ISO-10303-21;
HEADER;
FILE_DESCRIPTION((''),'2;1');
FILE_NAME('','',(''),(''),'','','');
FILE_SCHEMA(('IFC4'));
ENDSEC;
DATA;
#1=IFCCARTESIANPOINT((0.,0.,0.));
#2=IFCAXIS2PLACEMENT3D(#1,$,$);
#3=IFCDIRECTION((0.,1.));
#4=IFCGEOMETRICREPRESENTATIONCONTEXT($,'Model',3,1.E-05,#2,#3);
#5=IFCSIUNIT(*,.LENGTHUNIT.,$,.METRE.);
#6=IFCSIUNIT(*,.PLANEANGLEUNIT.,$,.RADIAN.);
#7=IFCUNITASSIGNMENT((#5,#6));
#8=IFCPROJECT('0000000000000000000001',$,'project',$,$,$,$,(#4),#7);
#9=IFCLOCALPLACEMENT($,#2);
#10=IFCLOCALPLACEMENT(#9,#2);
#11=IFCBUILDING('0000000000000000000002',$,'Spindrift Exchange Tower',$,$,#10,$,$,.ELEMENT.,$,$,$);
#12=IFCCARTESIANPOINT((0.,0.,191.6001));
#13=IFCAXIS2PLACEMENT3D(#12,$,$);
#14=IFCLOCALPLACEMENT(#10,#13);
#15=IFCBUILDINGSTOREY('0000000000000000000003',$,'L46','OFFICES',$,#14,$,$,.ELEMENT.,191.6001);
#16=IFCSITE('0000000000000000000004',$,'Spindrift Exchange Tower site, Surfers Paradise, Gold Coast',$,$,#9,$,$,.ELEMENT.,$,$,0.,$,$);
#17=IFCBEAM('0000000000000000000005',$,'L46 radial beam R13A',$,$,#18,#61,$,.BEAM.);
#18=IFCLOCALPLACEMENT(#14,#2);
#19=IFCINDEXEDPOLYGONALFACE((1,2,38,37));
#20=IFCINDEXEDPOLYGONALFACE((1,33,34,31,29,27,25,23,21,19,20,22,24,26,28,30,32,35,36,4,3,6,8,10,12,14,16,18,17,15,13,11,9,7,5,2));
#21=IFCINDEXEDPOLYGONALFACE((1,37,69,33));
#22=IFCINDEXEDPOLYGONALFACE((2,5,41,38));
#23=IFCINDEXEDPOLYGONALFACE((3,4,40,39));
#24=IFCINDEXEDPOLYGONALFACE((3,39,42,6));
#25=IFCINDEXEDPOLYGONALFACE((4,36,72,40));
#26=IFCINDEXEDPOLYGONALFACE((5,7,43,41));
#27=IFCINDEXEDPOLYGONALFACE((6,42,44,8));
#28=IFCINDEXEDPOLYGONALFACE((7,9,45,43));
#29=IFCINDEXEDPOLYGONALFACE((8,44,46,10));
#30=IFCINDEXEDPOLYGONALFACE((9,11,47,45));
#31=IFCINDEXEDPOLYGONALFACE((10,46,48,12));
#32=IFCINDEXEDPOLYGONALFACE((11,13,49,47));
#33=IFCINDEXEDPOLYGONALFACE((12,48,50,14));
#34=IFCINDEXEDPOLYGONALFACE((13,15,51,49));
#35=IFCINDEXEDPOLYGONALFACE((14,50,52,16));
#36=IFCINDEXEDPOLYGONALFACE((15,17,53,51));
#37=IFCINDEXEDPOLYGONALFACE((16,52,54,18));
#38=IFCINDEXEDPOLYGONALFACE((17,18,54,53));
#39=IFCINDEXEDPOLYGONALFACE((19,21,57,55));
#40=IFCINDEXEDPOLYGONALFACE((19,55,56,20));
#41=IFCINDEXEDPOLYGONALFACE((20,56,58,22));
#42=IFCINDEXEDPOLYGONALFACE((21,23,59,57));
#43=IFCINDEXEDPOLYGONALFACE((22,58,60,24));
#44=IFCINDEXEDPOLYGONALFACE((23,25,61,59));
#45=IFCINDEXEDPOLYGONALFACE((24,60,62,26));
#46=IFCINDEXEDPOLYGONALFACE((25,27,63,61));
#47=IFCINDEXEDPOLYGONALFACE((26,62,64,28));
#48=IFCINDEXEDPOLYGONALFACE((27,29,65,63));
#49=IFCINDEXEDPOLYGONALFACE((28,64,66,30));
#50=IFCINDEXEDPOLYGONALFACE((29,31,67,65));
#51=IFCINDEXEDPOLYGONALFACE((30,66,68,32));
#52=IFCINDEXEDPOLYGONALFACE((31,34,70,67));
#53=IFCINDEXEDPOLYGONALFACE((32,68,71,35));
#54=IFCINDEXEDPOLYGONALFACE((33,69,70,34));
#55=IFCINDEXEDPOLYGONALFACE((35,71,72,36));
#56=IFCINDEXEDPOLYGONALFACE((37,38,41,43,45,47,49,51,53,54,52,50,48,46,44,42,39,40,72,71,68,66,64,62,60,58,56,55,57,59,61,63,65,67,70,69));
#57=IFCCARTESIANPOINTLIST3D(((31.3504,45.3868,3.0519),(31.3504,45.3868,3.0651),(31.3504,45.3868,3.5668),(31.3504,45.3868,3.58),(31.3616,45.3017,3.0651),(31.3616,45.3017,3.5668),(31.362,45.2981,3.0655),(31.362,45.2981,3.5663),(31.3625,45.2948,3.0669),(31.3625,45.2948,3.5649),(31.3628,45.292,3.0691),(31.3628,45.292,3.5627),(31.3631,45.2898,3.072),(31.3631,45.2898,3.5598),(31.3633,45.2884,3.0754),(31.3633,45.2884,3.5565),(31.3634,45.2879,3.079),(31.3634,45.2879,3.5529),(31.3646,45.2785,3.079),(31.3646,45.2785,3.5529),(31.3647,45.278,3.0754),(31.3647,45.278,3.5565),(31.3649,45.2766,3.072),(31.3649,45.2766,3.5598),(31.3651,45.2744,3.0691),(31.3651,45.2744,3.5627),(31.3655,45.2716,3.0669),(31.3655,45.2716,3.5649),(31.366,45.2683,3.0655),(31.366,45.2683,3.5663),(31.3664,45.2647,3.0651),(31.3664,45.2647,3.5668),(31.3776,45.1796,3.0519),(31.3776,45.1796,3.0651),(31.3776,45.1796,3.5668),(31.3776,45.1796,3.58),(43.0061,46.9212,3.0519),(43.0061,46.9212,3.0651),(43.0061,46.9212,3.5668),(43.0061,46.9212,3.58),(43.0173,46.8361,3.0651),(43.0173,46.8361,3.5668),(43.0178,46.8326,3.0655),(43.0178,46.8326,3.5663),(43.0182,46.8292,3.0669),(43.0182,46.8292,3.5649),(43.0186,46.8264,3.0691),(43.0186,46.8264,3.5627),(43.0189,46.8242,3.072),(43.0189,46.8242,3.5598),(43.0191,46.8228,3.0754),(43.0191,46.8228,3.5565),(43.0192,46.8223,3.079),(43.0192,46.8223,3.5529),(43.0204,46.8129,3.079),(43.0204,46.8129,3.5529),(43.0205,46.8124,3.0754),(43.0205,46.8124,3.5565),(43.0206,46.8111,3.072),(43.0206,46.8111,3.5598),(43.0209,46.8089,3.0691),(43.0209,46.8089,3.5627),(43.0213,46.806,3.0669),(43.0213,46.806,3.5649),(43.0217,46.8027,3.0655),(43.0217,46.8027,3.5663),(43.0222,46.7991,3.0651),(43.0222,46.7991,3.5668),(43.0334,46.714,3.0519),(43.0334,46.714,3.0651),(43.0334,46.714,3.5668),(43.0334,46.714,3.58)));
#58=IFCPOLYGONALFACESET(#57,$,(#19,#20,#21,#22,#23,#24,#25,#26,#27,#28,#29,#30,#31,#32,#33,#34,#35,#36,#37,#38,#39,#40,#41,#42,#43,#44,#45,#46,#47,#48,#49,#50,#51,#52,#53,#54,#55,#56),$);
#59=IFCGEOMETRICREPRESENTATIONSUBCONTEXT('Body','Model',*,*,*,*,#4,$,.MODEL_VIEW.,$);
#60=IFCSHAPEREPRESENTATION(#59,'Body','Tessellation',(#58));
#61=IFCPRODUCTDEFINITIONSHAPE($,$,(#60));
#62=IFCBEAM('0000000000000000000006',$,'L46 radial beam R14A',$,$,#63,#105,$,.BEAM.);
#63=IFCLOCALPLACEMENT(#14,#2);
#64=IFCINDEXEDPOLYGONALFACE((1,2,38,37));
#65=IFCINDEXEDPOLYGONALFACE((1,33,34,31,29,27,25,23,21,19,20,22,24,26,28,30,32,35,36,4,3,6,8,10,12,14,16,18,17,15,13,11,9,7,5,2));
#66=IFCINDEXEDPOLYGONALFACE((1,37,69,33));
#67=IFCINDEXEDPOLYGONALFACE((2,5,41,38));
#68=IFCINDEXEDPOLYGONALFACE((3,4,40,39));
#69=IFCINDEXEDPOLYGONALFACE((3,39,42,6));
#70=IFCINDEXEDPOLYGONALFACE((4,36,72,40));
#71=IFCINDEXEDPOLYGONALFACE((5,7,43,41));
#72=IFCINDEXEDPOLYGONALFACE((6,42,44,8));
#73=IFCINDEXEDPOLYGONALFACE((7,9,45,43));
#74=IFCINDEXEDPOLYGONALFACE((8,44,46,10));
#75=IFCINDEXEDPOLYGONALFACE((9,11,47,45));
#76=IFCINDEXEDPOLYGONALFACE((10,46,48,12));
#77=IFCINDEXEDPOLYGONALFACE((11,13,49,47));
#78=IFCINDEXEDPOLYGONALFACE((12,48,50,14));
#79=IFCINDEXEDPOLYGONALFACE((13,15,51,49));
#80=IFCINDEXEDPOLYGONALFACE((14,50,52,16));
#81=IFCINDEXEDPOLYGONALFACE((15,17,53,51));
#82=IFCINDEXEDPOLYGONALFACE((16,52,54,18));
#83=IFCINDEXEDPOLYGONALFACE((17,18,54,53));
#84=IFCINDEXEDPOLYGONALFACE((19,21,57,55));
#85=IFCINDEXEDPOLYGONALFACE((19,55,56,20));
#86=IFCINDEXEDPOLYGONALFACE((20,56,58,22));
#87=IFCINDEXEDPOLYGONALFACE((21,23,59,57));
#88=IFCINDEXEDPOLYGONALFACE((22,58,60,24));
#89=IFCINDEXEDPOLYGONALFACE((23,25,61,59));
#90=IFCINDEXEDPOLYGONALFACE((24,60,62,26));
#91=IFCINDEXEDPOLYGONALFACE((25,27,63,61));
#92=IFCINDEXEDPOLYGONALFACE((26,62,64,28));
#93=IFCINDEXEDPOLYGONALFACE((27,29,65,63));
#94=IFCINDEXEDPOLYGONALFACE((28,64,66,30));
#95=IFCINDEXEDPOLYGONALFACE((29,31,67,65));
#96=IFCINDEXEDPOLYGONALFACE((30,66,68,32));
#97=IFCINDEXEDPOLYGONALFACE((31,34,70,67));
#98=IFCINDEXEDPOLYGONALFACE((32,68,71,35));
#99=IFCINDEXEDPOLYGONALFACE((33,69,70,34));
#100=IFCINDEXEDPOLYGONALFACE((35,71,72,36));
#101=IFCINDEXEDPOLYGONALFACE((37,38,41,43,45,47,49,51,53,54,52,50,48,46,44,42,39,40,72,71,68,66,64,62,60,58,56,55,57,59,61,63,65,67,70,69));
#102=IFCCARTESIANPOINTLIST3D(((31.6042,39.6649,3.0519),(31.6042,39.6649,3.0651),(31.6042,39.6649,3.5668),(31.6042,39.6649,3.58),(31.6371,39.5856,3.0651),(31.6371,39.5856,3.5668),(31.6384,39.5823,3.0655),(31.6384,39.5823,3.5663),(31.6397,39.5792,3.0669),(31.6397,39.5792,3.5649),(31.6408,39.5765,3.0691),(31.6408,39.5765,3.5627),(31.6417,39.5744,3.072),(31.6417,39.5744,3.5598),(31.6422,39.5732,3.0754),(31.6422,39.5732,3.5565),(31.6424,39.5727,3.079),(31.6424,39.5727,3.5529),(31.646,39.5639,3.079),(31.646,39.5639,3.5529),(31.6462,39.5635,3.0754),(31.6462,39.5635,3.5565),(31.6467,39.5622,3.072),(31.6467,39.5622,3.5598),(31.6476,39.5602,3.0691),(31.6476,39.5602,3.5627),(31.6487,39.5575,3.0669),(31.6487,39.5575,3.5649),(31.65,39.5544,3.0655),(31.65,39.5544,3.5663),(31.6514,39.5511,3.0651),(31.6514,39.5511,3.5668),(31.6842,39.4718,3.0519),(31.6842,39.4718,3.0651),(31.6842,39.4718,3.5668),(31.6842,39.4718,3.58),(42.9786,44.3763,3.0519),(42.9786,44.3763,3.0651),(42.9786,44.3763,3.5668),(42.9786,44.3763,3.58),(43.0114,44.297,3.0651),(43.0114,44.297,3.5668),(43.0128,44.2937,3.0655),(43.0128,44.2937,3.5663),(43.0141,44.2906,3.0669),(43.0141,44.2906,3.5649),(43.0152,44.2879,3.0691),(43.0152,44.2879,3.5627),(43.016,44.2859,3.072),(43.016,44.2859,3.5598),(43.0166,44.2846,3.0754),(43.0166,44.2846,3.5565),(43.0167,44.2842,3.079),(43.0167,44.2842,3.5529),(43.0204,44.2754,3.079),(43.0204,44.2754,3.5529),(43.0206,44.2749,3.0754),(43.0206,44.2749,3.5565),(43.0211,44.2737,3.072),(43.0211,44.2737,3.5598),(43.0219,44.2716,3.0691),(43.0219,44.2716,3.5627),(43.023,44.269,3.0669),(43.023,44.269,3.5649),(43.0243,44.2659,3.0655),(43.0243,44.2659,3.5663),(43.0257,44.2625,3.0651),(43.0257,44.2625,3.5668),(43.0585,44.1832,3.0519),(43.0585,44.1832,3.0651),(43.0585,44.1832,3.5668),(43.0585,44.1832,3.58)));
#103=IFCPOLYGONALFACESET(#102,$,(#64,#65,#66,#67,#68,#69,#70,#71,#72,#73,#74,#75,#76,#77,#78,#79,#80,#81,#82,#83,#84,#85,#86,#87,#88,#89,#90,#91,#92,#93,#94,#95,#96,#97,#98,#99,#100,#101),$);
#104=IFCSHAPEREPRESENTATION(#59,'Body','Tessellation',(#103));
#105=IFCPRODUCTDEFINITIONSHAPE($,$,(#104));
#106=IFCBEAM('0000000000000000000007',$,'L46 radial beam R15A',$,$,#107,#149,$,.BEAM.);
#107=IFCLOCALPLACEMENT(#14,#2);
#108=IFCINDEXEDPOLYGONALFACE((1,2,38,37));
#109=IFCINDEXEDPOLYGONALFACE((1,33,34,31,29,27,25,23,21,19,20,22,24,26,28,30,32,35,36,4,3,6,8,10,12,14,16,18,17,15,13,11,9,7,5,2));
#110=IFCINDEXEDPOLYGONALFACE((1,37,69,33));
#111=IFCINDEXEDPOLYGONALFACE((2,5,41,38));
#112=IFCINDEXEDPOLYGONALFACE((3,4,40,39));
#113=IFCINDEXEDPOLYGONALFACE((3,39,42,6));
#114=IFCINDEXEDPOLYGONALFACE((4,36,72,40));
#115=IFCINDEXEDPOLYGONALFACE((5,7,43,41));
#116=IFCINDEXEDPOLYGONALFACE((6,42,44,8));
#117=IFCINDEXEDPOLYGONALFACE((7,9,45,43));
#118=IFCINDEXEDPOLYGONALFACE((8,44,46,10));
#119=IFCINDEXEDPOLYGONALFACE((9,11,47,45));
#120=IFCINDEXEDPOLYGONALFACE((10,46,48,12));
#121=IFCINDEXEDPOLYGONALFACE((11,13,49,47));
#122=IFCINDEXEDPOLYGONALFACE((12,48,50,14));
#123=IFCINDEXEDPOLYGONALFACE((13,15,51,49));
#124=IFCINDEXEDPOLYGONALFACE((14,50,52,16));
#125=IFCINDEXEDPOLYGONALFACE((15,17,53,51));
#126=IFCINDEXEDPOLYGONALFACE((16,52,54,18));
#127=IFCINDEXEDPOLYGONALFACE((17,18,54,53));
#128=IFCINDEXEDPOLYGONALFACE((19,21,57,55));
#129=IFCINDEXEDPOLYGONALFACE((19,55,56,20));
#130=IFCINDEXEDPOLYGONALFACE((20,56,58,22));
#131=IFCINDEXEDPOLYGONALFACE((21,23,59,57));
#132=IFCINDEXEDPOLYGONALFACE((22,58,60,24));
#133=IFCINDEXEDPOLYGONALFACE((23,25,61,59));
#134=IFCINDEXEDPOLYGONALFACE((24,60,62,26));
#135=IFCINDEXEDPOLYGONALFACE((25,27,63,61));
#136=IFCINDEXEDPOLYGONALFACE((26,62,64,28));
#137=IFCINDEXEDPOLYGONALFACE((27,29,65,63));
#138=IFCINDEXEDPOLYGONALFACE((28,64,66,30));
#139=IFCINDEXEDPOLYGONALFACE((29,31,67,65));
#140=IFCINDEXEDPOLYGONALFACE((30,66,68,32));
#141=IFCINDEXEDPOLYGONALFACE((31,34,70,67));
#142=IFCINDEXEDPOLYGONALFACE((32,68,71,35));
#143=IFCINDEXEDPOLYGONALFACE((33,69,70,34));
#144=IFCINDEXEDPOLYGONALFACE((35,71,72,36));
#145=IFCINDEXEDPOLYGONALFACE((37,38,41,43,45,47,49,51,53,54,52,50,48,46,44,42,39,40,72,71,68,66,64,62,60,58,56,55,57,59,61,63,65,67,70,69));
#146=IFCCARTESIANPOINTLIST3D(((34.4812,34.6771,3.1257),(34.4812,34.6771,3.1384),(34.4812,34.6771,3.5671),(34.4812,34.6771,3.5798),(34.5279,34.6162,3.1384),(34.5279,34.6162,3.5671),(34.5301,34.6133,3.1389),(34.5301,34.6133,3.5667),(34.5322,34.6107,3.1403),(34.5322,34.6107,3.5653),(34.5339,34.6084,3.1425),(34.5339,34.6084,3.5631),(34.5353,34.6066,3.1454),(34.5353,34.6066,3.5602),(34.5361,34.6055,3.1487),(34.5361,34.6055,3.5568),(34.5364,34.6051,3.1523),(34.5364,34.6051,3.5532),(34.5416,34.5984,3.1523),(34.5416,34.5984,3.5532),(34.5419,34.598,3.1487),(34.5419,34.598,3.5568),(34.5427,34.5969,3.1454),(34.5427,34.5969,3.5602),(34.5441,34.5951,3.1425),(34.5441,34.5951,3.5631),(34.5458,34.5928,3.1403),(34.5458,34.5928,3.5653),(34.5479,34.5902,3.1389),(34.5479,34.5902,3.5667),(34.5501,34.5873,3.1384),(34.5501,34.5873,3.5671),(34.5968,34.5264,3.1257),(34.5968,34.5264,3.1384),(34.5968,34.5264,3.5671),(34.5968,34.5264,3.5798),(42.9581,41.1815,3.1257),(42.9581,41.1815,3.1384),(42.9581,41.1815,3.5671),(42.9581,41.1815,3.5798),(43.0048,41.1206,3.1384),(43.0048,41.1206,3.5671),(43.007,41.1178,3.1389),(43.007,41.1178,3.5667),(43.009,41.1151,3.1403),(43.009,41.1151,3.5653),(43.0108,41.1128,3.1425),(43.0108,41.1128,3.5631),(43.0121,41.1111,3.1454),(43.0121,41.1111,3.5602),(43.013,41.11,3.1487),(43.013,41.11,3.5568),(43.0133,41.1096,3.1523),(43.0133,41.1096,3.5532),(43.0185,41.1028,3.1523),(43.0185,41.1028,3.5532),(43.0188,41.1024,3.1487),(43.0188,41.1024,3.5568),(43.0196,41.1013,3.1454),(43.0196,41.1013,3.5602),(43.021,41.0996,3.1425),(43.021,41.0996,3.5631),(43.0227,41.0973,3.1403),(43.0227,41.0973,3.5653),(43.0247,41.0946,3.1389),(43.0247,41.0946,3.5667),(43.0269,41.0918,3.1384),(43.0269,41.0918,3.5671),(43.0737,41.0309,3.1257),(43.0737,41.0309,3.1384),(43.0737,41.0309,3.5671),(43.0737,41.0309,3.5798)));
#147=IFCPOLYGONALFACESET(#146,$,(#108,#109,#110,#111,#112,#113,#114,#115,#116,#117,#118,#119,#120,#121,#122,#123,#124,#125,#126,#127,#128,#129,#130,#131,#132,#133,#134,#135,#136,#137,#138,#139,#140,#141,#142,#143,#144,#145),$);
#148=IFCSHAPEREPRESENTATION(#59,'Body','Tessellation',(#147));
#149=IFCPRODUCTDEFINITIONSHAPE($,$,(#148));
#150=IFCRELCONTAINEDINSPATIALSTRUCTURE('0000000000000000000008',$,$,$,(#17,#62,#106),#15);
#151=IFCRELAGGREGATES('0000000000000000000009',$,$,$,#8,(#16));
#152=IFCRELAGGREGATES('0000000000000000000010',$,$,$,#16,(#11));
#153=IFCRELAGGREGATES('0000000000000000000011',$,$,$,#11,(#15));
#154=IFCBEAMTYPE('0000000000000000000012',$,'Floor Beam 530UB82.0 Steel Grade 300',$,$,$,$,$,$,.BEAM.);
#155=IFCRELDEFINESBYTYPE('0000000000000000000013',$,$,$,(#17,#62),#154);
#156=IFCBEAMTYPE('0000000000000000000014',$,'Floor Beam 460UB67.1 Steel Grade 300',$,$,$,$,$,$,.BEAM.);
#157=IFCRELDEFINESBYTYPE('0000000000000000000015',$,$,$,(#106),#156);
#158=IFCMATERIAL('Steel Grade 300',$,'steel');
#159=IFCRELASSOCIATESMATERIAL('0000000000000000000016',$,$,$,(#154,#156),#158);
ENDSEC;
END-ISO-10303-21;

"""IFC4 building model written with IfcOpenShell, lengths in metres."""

from ifc_helpers import new_model, si_unit, direction, frame, origin, origin_2d, place, context, subcontext, project, spatial, i_section, extrude, source, transform, mapped, material, material_profile, profile_set, type_object, element, save


model = new_model("IFC4")

# Units and contexts
model_context = context("Model", 3, precision=1e-05, world=origin(), true_north=direction((0.0, 1.0)))
body_context = subcontext(model_context, "Body", "Model", "MODEL_VIEW")
ifc_project = project(units=[si_unit("LENGTHUNIT", "METRE"), si_unit("PLANEANGLEUNIT", "RADIAN")], contexts=[model_context])

# Site, building, storey
site_placement = place(None, origin())
site = spatial("IfcSite", under=ifc_project, at=site_placement, Name="Spindrift Exchange Tower site, Surfers Paradise, Gold Coast", CompositionType="ELEMENT", RefElevation=0.0)
building_placement = place(site_placement, origin())
building = spatial("IfcBuilding", under=site, at=building_placement, Name="Spindrift Exchange Tower", CompositionType="ELEMENT")
storey_placement = place(building_placement, frame((0.0, 0.0, 191.6001)))
storey = spatial("IfcBuildingStorey", under=building, at=storey_placement, Name="L46", Description="OFFICES", CompositionType="ELEMENT", Elevation=191.6001)

# Beams
ifc_material_1 = material(Name="Steel Grade 300", Category="steel")
ifc_material_profile_1 = material_profile(ifc_material_1, i_section(OverallWidth=0.209, OverallDepth=0.5281, WebThickness=0.0095, FlangeThickness=0.0132, FilletRadius=0.0139, at=origin_2d()), Name="530UB82.0")
ifc_profile_set_1 = profile_set([ifc_material_profile_1], Name="Steel Grade 300")
beam_type_1 = type_object("IfcBeamType", Name="Floor Beam 530UB82.0 Steel Grade 300", PredefinedType="BEAM", material=ifc_profile_set_1)
shared_shape_1 = source(origin(), body_context, "Body", "SweptSolid", [
    extrude(i_section(OverallWidth=0.209, OverallDepth=0.5281, WebThickness=0.0095, FlangeThickness=0.0132, FilletRadius=0.0139, at=origin_2d()), origin(), (0.0, 0.0, 1.0), 11.7563),
])
beam_1_placement = place(storey_placement, frame((43.0198, 46.8176, 3.3159), z_axis=(-0.991446, -0.130519, 0.0), x_axis=(0.130519, -0.991446, 0.0)))
element("IfcBeam", 1, at=beam_1_placement, inside=storey, type_object=beam_type_1, Name="L46 radial beam R13A", PredefinedType="BEAM", context=body_context, shape_type="MappedRepresentation", body=[
    mapped(shared_shape_1, transform((0.0, 0.0, 0.0), scale=1.0)),
])
shared_shape_2 = source(origin(), body_context, "Body", "SweptSolid", [
    extrude(i_section(OverallWidth=0.209, OverallDepth=0.5281, WebThickness=0.0095, FlangeThickness=0.0132, FilletRadius=0.0139, at=origin_2d()), origin(), (0.0, 0.0, 1.0), 12.3115),
])
beam_2_placement = place(storey_placement, frame((43.0186, 44.2798, 3.3159), z_axis=(-0.923878, -0.382687, 0.0), x_axis=(0.382687, -0.923878, 0.0)))
element("IfcBeam", 2, at=beam_2_placement, inside=storey, type_object=beam_type_1, Name="L46 radial beam R14A", PredefinedType="BEAM", context=body_context, shape_type="MappedRepresentation", body=[
    mapped(shared_shape_2, transform((0.0, 0.0, 0.0), scale=1.0)),
])
ifc_material_profile_2 = material_profile(ifc_material_1, i_section(OverallWidth=0.1899, OverallDepth=0.4541, WebThickness=0.0085, FlangeThickness=0.0127, FilletRadius=0.0139, at=origin_2d()), Name="460UB67.1")
ifc_profile_set_2 = profile_set([ifc_material_profile_2], Name="Steel Grade 300")
beam_type_2 = type_object("IfcBeamType", Name="Floor Beam 460UB67.1 Steel Grade 300", PredefinedType="BEAM", material=ifc_profile_set_2)
shared_shape_3 = source(origin(), body_context, "Body", "SweptSolid", [
    extrude(i_section(OverallWidth=0.1899, OverallDepth=0.4541, WebThickness=0.0085, FlangeThickness=0.0127, FilletRadius=0.0139, at=origin_2d()), origin(), (0.0, 0.0, 1.0), 10.6848),
])
beam_3_placement = place(storey_placement, frame((43.0159, 41.1062, 3.3528), z_axis=(-0.793357, -0.608756, 0.0), x_axis=(0.608756, -0.793357, 0.0)))
element("IfcBeam", 3, at=beam_3_placement, inside=storey, type_object=beam_type_2, Name="L46 radial beam R15A", PredefinedType="BEAM", context=body_context, shape_type="MappedRepresentation", body=[
    mapped(shared_shape_3, transform((0.0, 0.0, 0.0), scale=1.0)),
])

save(model, "model.ifc")
